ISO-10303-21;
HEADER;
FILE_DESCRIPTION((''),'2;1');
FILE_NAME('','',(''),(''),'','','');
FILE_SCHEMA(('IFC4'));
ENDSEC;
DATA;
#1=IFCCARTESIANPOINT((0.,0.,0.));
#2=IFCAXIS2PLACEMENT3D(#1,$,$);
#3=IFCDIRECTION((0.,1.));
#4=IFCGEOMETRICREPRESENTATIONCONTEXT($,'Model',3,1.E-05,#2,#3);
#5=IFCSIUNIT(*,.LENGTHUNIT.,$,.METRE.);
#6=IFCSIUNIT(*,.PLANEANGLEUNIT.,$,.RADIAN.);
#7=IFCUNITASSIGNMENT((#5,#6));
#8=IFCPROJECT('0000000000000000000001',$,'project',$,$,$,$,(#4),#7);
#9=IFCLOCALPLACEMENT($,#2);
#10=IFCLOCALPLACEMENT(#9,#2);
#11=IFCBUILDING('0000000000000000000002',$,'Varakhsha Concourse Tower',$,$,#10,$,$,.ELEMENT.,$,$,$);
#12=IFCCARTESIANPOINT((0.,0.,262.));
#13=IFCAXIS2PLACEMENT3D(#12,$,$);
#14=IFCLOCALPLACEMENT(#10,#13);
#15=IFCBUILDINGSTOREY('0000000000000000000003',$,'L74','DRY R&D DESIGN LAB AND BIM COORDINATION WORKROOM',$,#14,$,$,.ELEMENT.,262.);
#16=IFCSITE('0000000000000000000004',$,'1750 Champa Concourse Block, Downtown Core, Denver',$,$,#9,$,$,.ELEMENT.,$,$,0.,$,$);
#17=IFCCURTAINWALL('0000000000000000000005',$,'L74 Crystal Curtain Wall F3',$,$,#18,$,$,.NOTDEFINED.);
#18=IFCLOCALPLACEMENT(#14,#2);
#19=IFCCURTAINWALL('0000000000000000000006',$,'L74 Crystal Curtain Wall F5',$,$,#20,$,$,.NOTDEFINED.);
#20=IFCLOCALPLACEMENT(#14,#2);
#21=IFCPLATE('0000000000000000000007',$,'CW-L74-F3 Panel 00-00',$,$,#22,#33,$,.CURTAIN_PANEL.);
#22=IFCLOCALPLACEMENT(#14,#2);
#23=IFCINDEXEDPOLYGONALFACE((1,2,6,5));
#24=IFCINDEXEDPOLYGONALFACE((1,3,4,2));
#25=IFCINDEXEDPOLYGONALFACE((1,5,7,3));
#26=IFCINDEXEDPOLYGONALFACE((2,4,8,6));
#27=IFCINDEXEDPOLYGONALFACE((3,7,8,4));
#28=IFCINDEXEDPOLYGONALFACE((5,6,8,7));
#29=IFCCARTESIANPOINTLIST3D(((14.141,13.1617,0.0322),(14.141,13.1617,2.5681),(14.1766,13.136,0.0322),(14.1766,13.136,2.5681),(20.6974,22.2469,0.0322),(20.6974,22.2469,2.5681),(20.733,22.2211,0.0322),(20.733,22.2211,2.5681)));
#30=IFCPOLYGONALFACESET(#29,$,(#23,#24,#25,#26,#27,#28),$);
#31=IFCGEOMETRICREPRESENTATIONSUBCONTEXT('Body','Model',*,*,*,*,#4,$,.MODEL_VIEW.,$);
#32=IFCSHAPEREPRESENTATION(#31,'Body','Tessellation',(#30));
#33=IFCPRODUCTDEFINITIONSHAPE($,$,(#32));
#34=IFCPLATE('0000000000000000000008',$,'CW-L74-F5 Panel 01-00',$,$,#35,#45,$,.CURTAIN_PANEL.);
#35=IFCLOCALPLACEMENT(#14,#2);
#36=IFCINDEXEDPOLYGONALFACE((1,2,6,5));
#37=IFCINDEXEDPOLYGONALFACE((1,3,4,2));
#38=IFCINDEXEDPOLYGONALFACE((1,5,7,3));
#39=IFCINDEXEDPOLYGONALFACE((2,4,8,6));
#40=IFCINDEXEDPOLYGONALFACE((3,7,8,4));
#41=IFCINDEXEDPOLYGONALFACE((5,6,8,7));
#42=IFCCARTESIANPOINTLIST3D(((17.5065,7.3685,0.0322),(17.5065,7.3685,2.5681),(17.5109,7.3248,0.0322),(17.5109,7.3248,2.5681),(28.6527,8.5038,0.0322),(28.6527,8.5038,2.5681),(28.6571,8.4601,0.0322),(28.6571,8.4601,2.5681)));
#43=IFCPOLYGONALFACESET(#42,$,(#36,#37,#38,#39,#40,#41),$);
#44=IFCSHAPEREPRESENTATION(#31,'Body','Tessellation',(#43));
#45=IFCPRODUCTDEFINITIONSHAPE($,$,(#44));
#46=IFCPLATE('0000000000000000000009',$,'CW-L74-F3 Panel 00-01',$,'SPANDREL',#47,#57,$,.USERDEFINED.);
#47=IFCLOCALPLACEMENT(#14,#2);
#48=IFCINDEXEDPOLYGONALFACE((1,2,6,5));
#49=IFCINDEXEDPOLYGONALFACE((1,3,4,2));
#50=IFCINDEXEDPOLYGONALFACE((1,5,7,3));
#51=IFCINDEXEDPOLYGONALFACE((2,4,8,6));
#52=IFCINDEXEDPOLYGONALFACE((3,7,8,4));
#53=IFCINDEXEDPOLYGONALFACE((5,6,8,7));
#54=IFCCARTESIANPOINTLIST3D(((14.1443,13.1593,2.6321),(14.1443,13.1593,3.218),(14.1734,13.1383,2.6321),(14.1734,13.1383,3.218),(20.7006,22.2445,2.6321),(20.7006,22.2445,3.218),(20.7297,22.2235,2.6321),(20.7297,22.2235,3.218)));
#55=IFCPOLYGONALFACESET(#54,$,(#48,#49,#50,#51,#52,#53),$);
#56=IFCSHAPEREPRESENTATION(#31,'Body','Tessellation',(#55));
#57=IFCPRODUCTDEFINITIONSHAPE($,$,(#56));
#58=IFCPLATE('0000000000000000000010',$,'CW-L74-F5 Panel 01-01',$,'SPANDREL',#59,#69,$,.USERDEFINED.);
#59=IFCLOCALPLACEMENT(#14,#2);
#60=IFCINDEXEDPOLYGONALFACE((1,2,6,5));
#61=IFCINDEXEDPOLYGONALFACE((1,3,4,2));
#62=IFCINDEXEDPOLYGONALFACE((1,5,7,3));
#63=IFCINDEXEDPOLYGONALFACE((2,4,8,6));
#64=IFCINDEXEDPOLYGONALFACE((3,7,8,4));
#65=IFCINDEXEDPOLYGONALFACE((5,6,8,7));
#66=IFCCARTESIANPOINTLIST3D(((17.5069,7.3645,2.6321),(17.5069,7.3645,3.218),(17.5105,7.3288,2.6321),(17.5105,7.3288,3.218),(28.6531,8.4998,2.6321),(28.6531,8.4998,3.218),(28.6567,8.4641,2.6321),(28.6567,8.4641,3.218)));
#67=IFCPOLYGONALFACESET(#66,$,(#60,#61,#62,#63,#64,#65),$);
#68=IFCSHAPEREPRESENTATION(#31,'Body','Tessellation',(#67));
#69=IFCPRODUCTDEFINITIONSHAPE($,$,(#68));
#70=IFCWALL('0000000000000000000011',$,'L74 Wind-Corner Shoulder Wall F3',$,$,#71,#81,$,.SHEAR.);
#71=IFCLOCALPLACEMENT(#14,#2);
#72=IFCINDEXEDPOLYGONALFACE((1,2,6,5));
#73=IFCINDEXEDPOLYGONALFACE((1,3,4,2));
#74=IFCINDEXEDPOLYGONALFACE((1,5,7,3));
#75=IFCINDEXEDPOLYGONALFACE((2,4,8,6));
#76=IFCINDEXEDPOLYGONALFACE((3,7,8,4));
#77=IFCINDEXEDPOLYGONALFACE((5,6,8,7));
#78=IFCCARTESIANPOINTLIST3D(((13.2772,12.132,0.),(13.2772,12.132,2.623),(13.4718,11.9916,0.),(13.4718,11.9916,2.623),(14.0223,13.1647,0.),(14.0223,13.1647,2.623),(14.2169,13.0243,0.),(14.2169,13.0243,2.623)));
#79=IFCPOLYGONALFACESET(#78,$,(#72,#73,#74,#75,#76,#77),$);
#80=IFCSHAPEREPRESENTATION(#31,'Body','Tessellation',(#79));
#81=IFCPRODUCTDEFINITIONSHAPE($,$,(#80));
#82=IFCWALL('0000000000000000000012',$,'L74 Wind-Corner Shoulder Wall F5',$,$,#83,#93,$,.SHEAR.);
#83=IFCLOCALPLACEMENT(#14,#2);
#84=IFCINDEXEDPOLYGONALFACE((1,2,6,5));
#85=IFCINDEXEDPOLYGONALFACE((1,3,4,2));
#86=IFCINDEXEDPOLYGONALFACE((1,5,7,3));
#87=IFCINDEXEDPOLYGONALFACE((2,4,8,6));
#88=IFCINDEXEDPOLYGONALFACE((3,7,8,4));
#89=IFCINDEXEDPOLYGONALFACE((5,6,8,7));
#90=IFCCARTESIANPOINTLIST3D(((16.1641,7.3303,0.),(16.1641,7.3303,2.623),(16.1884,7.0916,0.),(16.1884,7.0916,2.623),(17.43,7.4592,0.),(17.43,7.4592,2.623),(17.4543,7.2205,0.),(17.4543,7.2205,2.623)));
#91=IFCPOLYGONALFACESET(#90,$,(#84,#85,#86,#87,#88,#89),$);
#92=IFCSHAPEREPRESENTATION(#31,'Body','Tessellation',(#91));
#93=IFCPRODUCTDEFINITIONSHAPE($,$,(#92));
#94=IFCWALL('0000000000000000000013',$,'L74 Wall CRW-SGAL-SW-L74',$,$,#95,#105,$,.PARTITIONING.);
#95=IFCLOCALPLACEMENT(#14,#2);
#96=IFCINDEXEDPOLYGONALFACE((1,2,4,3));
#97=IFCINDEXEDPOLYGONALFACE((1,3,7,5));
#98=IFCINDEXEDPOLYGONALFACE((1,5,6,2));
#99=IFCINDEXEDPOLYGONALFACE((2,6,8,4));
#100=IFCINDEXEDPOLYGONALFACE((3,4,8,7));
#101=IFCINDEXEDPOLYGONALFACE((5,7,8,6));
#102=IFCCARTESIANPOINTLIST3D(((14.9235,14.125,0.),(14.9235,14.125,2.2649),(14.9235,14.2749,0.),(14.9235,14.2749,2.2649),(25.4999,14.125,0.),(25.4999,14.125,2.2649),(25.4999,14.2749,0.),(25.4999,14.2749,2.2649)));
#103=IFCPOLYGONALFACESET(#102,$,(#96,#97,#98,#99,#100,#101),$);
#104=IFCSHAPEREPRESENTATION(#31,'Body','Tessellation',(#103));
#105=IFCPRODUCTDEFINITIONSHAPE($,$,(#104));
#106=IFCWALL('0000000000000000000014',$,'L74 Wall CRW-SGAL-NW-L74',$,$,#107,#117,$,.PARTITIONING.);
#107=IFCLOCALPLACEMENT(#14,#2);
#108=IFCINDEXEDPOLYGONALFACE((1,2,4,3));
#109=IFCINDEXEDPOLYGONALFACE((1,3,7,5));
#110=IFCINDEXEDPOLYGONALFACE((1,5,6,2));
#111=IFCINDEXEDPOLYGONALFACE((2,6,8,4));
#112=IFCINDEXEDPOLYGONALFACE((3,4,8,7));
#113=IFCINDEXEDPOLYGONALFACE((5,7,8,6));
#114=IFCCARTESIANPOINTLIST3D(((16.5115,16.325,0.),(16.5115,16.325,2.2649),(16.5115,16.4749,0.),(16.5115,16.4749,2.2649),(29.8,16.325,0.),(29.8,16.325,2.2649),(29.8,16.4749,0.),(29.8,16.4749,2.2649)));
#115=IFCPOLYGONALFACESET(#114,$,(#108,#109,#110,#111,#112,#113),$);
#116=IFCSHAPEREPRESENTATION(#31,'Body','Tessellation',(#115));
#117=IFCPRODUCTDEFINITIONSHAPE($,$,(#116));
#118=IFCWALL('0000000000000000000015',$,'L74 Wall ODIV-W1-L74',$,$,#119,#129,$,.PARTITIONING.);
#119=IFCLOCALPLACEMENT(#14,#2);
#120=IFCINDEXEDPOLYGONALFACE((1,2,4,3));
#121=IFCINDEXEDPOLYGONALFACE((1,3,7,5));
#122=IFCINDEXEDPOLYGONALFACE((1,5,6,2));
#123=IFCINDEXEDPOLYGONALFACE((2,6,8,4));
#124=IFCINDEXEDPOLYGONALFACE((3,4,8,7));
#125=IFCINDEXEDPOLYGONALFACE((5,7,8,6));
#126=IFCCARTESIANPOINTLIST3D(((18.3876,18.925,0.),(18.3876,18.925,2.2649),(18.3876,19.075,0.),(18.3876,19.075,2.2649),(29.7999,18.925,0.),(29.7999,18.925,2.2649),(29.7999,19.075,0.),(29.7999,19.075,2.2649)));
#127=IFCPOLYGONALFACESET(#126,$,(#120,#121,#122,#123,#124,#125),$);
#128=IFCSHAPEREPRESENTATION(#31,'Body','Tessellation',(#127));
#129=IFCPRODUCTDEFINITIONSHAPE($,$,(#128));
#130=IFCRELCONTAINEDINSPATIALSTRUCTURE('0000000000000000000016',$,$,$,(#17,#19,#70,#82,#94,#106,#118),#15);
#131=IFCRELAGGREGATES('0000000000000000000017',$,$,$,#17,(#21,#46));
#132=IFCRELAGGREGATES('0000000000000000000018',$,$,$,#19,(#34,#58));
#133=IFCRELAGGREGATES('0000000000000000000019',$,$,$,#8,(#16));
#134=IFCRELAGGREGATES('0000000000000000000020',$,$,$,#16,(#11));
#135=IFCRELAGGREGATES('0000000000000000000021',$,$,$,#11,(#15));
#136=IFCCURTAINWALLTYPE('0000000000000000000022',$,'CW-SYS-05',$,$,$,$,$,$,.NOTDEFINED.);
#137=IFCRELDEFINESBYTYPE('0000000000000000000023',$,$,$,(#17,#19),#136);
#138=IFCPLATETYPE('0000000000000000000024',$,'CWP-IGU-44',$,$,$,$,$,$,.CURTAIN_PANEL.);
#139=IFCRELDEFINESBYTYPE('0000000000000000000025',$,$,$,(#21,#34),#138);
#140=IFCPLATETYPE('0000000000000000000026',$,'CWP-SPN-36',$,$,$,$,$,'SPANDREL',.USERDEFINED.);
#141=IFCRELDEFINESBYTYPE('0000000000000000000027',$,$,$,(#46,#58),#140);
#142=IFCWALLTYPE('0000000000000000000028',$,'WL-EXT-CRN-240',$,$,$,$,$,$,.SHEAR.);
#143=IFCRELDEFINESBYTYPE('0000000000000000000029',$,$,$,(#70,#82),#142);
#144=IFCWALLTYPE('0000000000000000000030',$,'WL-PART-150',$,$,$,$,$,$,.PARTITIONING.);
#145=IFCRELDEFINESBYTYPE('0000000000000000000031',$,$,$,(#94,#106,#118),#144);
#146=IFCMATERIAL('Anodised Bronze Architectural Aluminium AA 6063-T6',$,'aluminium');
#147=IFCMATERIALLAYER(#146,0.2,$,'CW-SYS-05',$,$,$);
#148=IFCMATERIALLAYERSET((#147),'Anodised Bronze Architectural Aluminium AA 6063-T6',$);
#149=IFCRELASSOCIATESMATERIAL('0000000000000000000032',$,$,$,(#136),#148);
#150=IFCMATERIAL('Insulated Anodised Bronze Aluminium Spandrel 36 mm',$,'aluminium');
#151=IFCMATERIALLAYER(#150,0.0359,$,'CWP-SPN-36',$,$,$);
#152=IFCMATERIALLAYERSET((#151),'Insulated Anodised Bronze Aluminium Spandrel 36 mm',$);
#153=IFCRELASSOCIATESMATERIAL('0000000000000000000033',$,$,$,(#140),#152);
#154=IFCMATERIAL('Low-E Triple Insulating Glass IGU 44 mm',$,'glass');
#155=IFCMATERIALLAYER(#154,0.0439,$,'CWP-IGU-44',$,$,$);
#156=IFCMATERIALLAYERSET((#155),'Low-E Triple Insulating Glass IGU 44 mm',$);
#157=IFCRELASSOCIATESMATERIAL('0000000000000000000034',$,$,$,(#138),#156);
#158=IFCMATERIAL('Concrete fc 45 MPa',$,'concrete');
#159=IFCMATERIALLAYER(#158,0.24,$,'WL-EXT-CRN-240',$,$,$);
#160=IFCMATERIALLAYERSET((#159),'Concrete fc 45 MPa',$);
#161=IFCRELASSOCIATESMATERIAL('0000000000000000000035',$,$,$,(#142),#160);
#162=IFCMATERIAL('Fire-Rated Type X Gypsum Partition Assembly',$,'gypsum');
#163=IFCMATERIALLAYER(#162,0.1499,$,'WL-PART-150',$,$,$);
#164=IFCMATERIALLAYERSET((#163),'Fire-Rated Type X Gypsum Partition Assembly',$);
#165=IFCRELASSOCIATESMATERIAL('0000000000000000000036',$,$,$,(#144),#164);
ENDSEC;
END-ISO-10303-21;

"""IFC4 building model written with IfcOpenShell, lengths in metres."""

from ifc_helpers import new_model, si_unit, direction, frame, frame_2d, origin, origin_2d, place, context, subcontext, project, spatial, rectangle, extrude, source, transform, mapped, material, layer, layer_set, type_object, type_shapes, element, aggregate, save


model = new_model("IFC4")

# Units and contexts
model_context = context("Model", 3, precision=1e-05, world=origin(), true_north=direction((0.0, 1.0)))
body_context = subcontext(model_context, "Body", "Model", "MODEL_VIEW")
ifc_project = project(units=[si_unit("LENGTHUNIT", "METRE"), si_unit("PLANEANGLEUNIT", "RADIAN")], contexts=[model_context])

# Site, building, storey
site_placement = place(None, origin())
site = spatial("IfcSite", under=ifc_project, at=site_placement, Name="1750 Champa Concourse Block, Downtown Core, Denver", CompositionType="ELEMENT", RefElevation=0.0)
building_placement = place(site_placement, origin())
building = spatial("IfcBuilding", under=site, at=building_placement, Name="Varakhsha Concourse Tower", CompositionType="ELEMENT")
storey_placement = place(building_placement, frame((0.0, 0.0, 262.0)))
storey = spatial("IfcBuildingStorey", under=building, at=storey_placement, Name="L74", Description="DRY R&D DESIGN LAB AND BIM COORDINATION WORKROOM", CompositionType="ELEMENT", Elevation=262.0)

# Curtain wall
ifc_material_1 = material(Name="Anodised Bronze Architectural Aluminium AA 6063-T6", Category="aluminium")
ifc_layer_1 = layer(ifc_material_1, 0.2, Name="CW-SYS-05")
ifc_layer_set_1 = layer_set([ifc_layer_1], Name="Anodised Bronze Architectural Aluminium AA 6063-T6")
curtain_wall_type = type_object("IfcCurtainWallType", Name="CW-SYS-05", PredefinedType="NOTDEFINED", material=ifc_layer_set_1)
curtain_wall_1_placement = place(storey_placement, origin())
curtain_wall_1 = element("IfcCurtainWall", 1, at=curtain_wall_1_placement, inside=storey, type_object=curtain_wall_type, Name="L74 Crystal Curtain Wall F3", PredefinedType="NOTDEFINED")

# Curtain wall
curtain_wall_2_placement = place(storey_placement, origin())
curtain_wall_2 = element("IfcCurtainWall", 2, at=curtain_wall_2_placement, inside=storey, type_object=curtain_wall_type, Name="L74 Crystal Curtain Wall F5", PredefinedType="NOTDEFINED")

# Shared definitions
ifc_material_2 = material(Name="Concrete fc 45 MPa", Category="concrete")

# Plates
ifc_material_3 = material(Name="Insulated Anodised Bronze Aluminium Spandrel 36 mm", Category="aluminium")
ifc_layer_2 = layer(ifc_material_3, 0.0359, Name="CWP-SPN-36")
ifc_layer_set_2 = layer_set([ifc_layer_2], Name="Insulated Anodised Bronze Aluminium Spandrel 36 mm")
plate_type_1 = type_object("IfcPlateType", Name="CWP-SPN-36", ElementType="SPANDREL", PredefinedType="USERDEFINED", material=ifc_layer_set_2)
ifc_material_4 = material(Name="Low-E Triple Insulating Glass IGU 44 mm", Category="glass")
ifc_layer_3 = layer(ifc_material_4, 0.0439, Name="CWP-IGU-44")
ifc_layer_set_3 = layer_set([ifc_layer_3], Name="Low-E Triple Insulating Glass IGU 44 mm")
plate_type_2 = type_object("IfcPlateType", Name="CWP-IGU-44", PredefinedType="CURTAIN_PANEL", material=ifc_layer_set_3)
shared_shape_1 = source(origin(), body_context, "Body", "SweptSolid", [
    extrude(rectangle(XDim=11.2039, YDim=0.0439, at=origin_2d()), origin(), (0.0, 0.0, 1.0), 2.5359),
])
type_shapes(plate_type_2, [shared_shape_1])
plate_1_placement = place(storey_placement, frame((17.437, 17.6914, 0.0322), z_axis=(0.0, 0.0, 1.0), x_axis=(0.585188, 0.810897, 0.0)))
plate_1 = element("IfcPlate", 3, at=plate_1_placement, type_object=plate_type_2, Name="CW-L74-F3 Panel 00-00", PredefinedType="CURTAIN_PANEL", context=body_context, shape_type="MappedRepresentation", body=[
    mapped(shared_shape_1, transform((0.0, 0.0, 0.0), scale=1.0)),
])
plate_2_placement = place(storey_placement, frame((23.0818, 7.9143, 0.0322), z_axis=(0.0, 0.0, 1.0), x_axis=(-0.994852, -0.101336, 0.0)))
plate_2 = element("IfcPlate", 4, at=plate_2_placement, type_object=plate_type_2, Name="CW-L74-F5 Panel 01-00", PredefinedType="CURTAIN_PANEL", context=body_context, shape_type="MappedRepresentation", body=[
    mapped(shared_shape_1, transform((0.0, 0.0, 0.0), scale=1.0)),
])
shared_shape_2 = source(origin(), body_context, "Body", "SweptSolid", [
    extrude(rectangle(XDim=11.2039, YDim=0.0359, at=origin_2d()), origin(), (0.0, 0.0, 1.0), 0.5859),
])
plate_3_placement = place(storey_placement, frame((17.437, 17.6914, 2.6321), z_axis=(0.0, 0.0, 1.0), x_axis=(0.585188, 0.810897, 0.0)))
plate_3 = element("IfcPlate", 5, at=plate_3_placement, type_object=plate_type_1, Name="CW-L74-F3 Panel 00-01", ObjectType="SPANDREL", PredefinedType="USERDEFINED", context=body_context, shape_type="MappedRepresentation", body=[
    mapped(shared_shape_2, transform((0.0, 0.0, 0.0), scale=1.0)),
])
aggregate(curtain_wall_1, [plate_1, plate_3])
plate_4_placement = place(storey_placement, frame((23.0818, 7.9143, 2.6321), z_axis=(0.0, 0.0, 1.0), x_axis=(-0.994852, -0.101336, 0.0)))
plate_4 = element("IfcPlate", 6, at=plate_4_placement, type_object=plate_type_1, Name="CW-L74-F5 Panel 01-01", ObjectType="SPANDREL", PredefinedType="USERDEFINED", context=body_context, shape_type="MappedRepresentation", body=[
    mapped(shared_shape_2, transform((0.0, 0.0, 0.0), scale=1.0)),
])
aggregate(curtain_wall_2, [plate_2, plate_4])

# Walls
ifc_layer_4 = layer(ifc_material_2, 0.24, Name="WL-EXT-CRN-240")
ifc_layer_set_4 = layer_set([ifc_layer_4], Name="Concrete fc 45 MPa")
wall_type_1 = type_object("IfcWallType", Name="WL-EXT-CRN-240", PredefinedType="SHEAR", material=ifc_layer_set_4)
wall_1_placement = place(storey_placement, frame((14.1196, 13.0945, 0.0), z_axis=(0.0, 0.0, 1.0), x_axis=(-0.585113, -0.810952, 0.0)))
element("IfcWall", 7, at=wall_1_placement, inside=storey, type_object=wall_type_1, Name="L74 Wind-Corner Shoulder Wall F3", PredefinedType="SHEAR", context=body_context, shape_type="SweptSolid", body=[
    extrude(rectangle(XDim=1.2734, YDim=0.24, at=frame_2d((0.6367, 0.0))), origin(), (0.0, 0.0, 1.0), 2.623),
])
wall_2_placement = place(storey_placement, frame((16.1763, 7.2109, 0.0), z_axis=(0.0, 0.0, 1.0), x_axis=(0.994855, 0.101308, 0.0)))
element("IfcWall", 8, at=wall_2_placement, inside=storey, type_object=wall_type_1, Name="L74 Wind-Corner Shoulder Wall F5", PredefinedType="SHEAR", context=body_context, shape_type="SweptSolid", body=[
    extrude(rectangle(XDim=1.2725, YDim=0.24, at=frame_2d((0.6362, 0.0))), origin(), (0.0, 0.0, 1.0), 2.623),
])
ifc_material_5 = material(Name="Fire-Rated Type X Gypsum Partition Assembly", Category="gypsum")
ifc_layer_5 = layer(ifc_material_5, 0.1499, Name="WL-PART-150")
ifc_layer_set_5 = layer_set([ifc_layer_5], Name="Fire-Rated Type X Gypsum Partition Assembly")
wall_type_2 = type_object("IfcWallType", Name="WL-PART-150", PredefinedType="PARTITIONING", material=ifc_layer_set_5)
wall_3_placement = place(storey_placement, frame((14.9236, 14.2, 0.0), z_axis=(0.0, 0.0, 1.0), x_axis=(1.0, 0.0, 0.0)))
element("IfcWall", 9, at=wall_3_placement, inside=storey, type_object=wall_type_2, Name="L74 Wall CRW-SGAL-SW-L74", PredefinedType="PARTITIONING", context=body_context, shape_type="SweptSolid", body=[
    extrude(rectangle(XDim=10.5764, YDim=0.1499, at=frame_2d((5.2881, 0.0))), origin(), (0.0, 0.0, 1.0), 2.2649),
])
wall_4_placement = place(storey_placement, frame((16.5115, 16.3999, 0.0), z_axis=(0.0, 0.0, 1.0), x_axis=(1.0, 0.0, 0.0)))
element("IfcWall", 10, at=wall_4_placement, inside=storey, type_object=wall_type_2, Name="L74 Wall CRW-SGAL-NW-L74", PredefinedType="PARTITIONING", context=body_context, shape_type="SweptSolid", body=[
    extrude(rectangle(XDim=13.2886, YDim=0.1499, at=frame_2d((6.6443, 0.0))), origin(), (0.0, 0.0, 1.0), 2.2649),
])
wall_5_placement = place(storey_placement, frame((18.3877, 19.0, 0.0), z_axis=(0.0, 0.0, 1.0), x_axis=(1.0, 0.0, 0.0)))
element("IfcWall", 11, at=wall_5_placement, inside=storey, type_object=wall_type_2, Name="L74 Wall ODIV-W1-L74", PredefinedType="PARTITIONING", context=body_context, shape_type="SweptSolid", body=[
    extrude(rectangle(XDim=11.4124, YDim=0.1499, at=frame_2d((5.7061, 0.0))), origin(), (0.0, 0.0, 1.0), 2.2649),
])

save(model, "model.ifc")
